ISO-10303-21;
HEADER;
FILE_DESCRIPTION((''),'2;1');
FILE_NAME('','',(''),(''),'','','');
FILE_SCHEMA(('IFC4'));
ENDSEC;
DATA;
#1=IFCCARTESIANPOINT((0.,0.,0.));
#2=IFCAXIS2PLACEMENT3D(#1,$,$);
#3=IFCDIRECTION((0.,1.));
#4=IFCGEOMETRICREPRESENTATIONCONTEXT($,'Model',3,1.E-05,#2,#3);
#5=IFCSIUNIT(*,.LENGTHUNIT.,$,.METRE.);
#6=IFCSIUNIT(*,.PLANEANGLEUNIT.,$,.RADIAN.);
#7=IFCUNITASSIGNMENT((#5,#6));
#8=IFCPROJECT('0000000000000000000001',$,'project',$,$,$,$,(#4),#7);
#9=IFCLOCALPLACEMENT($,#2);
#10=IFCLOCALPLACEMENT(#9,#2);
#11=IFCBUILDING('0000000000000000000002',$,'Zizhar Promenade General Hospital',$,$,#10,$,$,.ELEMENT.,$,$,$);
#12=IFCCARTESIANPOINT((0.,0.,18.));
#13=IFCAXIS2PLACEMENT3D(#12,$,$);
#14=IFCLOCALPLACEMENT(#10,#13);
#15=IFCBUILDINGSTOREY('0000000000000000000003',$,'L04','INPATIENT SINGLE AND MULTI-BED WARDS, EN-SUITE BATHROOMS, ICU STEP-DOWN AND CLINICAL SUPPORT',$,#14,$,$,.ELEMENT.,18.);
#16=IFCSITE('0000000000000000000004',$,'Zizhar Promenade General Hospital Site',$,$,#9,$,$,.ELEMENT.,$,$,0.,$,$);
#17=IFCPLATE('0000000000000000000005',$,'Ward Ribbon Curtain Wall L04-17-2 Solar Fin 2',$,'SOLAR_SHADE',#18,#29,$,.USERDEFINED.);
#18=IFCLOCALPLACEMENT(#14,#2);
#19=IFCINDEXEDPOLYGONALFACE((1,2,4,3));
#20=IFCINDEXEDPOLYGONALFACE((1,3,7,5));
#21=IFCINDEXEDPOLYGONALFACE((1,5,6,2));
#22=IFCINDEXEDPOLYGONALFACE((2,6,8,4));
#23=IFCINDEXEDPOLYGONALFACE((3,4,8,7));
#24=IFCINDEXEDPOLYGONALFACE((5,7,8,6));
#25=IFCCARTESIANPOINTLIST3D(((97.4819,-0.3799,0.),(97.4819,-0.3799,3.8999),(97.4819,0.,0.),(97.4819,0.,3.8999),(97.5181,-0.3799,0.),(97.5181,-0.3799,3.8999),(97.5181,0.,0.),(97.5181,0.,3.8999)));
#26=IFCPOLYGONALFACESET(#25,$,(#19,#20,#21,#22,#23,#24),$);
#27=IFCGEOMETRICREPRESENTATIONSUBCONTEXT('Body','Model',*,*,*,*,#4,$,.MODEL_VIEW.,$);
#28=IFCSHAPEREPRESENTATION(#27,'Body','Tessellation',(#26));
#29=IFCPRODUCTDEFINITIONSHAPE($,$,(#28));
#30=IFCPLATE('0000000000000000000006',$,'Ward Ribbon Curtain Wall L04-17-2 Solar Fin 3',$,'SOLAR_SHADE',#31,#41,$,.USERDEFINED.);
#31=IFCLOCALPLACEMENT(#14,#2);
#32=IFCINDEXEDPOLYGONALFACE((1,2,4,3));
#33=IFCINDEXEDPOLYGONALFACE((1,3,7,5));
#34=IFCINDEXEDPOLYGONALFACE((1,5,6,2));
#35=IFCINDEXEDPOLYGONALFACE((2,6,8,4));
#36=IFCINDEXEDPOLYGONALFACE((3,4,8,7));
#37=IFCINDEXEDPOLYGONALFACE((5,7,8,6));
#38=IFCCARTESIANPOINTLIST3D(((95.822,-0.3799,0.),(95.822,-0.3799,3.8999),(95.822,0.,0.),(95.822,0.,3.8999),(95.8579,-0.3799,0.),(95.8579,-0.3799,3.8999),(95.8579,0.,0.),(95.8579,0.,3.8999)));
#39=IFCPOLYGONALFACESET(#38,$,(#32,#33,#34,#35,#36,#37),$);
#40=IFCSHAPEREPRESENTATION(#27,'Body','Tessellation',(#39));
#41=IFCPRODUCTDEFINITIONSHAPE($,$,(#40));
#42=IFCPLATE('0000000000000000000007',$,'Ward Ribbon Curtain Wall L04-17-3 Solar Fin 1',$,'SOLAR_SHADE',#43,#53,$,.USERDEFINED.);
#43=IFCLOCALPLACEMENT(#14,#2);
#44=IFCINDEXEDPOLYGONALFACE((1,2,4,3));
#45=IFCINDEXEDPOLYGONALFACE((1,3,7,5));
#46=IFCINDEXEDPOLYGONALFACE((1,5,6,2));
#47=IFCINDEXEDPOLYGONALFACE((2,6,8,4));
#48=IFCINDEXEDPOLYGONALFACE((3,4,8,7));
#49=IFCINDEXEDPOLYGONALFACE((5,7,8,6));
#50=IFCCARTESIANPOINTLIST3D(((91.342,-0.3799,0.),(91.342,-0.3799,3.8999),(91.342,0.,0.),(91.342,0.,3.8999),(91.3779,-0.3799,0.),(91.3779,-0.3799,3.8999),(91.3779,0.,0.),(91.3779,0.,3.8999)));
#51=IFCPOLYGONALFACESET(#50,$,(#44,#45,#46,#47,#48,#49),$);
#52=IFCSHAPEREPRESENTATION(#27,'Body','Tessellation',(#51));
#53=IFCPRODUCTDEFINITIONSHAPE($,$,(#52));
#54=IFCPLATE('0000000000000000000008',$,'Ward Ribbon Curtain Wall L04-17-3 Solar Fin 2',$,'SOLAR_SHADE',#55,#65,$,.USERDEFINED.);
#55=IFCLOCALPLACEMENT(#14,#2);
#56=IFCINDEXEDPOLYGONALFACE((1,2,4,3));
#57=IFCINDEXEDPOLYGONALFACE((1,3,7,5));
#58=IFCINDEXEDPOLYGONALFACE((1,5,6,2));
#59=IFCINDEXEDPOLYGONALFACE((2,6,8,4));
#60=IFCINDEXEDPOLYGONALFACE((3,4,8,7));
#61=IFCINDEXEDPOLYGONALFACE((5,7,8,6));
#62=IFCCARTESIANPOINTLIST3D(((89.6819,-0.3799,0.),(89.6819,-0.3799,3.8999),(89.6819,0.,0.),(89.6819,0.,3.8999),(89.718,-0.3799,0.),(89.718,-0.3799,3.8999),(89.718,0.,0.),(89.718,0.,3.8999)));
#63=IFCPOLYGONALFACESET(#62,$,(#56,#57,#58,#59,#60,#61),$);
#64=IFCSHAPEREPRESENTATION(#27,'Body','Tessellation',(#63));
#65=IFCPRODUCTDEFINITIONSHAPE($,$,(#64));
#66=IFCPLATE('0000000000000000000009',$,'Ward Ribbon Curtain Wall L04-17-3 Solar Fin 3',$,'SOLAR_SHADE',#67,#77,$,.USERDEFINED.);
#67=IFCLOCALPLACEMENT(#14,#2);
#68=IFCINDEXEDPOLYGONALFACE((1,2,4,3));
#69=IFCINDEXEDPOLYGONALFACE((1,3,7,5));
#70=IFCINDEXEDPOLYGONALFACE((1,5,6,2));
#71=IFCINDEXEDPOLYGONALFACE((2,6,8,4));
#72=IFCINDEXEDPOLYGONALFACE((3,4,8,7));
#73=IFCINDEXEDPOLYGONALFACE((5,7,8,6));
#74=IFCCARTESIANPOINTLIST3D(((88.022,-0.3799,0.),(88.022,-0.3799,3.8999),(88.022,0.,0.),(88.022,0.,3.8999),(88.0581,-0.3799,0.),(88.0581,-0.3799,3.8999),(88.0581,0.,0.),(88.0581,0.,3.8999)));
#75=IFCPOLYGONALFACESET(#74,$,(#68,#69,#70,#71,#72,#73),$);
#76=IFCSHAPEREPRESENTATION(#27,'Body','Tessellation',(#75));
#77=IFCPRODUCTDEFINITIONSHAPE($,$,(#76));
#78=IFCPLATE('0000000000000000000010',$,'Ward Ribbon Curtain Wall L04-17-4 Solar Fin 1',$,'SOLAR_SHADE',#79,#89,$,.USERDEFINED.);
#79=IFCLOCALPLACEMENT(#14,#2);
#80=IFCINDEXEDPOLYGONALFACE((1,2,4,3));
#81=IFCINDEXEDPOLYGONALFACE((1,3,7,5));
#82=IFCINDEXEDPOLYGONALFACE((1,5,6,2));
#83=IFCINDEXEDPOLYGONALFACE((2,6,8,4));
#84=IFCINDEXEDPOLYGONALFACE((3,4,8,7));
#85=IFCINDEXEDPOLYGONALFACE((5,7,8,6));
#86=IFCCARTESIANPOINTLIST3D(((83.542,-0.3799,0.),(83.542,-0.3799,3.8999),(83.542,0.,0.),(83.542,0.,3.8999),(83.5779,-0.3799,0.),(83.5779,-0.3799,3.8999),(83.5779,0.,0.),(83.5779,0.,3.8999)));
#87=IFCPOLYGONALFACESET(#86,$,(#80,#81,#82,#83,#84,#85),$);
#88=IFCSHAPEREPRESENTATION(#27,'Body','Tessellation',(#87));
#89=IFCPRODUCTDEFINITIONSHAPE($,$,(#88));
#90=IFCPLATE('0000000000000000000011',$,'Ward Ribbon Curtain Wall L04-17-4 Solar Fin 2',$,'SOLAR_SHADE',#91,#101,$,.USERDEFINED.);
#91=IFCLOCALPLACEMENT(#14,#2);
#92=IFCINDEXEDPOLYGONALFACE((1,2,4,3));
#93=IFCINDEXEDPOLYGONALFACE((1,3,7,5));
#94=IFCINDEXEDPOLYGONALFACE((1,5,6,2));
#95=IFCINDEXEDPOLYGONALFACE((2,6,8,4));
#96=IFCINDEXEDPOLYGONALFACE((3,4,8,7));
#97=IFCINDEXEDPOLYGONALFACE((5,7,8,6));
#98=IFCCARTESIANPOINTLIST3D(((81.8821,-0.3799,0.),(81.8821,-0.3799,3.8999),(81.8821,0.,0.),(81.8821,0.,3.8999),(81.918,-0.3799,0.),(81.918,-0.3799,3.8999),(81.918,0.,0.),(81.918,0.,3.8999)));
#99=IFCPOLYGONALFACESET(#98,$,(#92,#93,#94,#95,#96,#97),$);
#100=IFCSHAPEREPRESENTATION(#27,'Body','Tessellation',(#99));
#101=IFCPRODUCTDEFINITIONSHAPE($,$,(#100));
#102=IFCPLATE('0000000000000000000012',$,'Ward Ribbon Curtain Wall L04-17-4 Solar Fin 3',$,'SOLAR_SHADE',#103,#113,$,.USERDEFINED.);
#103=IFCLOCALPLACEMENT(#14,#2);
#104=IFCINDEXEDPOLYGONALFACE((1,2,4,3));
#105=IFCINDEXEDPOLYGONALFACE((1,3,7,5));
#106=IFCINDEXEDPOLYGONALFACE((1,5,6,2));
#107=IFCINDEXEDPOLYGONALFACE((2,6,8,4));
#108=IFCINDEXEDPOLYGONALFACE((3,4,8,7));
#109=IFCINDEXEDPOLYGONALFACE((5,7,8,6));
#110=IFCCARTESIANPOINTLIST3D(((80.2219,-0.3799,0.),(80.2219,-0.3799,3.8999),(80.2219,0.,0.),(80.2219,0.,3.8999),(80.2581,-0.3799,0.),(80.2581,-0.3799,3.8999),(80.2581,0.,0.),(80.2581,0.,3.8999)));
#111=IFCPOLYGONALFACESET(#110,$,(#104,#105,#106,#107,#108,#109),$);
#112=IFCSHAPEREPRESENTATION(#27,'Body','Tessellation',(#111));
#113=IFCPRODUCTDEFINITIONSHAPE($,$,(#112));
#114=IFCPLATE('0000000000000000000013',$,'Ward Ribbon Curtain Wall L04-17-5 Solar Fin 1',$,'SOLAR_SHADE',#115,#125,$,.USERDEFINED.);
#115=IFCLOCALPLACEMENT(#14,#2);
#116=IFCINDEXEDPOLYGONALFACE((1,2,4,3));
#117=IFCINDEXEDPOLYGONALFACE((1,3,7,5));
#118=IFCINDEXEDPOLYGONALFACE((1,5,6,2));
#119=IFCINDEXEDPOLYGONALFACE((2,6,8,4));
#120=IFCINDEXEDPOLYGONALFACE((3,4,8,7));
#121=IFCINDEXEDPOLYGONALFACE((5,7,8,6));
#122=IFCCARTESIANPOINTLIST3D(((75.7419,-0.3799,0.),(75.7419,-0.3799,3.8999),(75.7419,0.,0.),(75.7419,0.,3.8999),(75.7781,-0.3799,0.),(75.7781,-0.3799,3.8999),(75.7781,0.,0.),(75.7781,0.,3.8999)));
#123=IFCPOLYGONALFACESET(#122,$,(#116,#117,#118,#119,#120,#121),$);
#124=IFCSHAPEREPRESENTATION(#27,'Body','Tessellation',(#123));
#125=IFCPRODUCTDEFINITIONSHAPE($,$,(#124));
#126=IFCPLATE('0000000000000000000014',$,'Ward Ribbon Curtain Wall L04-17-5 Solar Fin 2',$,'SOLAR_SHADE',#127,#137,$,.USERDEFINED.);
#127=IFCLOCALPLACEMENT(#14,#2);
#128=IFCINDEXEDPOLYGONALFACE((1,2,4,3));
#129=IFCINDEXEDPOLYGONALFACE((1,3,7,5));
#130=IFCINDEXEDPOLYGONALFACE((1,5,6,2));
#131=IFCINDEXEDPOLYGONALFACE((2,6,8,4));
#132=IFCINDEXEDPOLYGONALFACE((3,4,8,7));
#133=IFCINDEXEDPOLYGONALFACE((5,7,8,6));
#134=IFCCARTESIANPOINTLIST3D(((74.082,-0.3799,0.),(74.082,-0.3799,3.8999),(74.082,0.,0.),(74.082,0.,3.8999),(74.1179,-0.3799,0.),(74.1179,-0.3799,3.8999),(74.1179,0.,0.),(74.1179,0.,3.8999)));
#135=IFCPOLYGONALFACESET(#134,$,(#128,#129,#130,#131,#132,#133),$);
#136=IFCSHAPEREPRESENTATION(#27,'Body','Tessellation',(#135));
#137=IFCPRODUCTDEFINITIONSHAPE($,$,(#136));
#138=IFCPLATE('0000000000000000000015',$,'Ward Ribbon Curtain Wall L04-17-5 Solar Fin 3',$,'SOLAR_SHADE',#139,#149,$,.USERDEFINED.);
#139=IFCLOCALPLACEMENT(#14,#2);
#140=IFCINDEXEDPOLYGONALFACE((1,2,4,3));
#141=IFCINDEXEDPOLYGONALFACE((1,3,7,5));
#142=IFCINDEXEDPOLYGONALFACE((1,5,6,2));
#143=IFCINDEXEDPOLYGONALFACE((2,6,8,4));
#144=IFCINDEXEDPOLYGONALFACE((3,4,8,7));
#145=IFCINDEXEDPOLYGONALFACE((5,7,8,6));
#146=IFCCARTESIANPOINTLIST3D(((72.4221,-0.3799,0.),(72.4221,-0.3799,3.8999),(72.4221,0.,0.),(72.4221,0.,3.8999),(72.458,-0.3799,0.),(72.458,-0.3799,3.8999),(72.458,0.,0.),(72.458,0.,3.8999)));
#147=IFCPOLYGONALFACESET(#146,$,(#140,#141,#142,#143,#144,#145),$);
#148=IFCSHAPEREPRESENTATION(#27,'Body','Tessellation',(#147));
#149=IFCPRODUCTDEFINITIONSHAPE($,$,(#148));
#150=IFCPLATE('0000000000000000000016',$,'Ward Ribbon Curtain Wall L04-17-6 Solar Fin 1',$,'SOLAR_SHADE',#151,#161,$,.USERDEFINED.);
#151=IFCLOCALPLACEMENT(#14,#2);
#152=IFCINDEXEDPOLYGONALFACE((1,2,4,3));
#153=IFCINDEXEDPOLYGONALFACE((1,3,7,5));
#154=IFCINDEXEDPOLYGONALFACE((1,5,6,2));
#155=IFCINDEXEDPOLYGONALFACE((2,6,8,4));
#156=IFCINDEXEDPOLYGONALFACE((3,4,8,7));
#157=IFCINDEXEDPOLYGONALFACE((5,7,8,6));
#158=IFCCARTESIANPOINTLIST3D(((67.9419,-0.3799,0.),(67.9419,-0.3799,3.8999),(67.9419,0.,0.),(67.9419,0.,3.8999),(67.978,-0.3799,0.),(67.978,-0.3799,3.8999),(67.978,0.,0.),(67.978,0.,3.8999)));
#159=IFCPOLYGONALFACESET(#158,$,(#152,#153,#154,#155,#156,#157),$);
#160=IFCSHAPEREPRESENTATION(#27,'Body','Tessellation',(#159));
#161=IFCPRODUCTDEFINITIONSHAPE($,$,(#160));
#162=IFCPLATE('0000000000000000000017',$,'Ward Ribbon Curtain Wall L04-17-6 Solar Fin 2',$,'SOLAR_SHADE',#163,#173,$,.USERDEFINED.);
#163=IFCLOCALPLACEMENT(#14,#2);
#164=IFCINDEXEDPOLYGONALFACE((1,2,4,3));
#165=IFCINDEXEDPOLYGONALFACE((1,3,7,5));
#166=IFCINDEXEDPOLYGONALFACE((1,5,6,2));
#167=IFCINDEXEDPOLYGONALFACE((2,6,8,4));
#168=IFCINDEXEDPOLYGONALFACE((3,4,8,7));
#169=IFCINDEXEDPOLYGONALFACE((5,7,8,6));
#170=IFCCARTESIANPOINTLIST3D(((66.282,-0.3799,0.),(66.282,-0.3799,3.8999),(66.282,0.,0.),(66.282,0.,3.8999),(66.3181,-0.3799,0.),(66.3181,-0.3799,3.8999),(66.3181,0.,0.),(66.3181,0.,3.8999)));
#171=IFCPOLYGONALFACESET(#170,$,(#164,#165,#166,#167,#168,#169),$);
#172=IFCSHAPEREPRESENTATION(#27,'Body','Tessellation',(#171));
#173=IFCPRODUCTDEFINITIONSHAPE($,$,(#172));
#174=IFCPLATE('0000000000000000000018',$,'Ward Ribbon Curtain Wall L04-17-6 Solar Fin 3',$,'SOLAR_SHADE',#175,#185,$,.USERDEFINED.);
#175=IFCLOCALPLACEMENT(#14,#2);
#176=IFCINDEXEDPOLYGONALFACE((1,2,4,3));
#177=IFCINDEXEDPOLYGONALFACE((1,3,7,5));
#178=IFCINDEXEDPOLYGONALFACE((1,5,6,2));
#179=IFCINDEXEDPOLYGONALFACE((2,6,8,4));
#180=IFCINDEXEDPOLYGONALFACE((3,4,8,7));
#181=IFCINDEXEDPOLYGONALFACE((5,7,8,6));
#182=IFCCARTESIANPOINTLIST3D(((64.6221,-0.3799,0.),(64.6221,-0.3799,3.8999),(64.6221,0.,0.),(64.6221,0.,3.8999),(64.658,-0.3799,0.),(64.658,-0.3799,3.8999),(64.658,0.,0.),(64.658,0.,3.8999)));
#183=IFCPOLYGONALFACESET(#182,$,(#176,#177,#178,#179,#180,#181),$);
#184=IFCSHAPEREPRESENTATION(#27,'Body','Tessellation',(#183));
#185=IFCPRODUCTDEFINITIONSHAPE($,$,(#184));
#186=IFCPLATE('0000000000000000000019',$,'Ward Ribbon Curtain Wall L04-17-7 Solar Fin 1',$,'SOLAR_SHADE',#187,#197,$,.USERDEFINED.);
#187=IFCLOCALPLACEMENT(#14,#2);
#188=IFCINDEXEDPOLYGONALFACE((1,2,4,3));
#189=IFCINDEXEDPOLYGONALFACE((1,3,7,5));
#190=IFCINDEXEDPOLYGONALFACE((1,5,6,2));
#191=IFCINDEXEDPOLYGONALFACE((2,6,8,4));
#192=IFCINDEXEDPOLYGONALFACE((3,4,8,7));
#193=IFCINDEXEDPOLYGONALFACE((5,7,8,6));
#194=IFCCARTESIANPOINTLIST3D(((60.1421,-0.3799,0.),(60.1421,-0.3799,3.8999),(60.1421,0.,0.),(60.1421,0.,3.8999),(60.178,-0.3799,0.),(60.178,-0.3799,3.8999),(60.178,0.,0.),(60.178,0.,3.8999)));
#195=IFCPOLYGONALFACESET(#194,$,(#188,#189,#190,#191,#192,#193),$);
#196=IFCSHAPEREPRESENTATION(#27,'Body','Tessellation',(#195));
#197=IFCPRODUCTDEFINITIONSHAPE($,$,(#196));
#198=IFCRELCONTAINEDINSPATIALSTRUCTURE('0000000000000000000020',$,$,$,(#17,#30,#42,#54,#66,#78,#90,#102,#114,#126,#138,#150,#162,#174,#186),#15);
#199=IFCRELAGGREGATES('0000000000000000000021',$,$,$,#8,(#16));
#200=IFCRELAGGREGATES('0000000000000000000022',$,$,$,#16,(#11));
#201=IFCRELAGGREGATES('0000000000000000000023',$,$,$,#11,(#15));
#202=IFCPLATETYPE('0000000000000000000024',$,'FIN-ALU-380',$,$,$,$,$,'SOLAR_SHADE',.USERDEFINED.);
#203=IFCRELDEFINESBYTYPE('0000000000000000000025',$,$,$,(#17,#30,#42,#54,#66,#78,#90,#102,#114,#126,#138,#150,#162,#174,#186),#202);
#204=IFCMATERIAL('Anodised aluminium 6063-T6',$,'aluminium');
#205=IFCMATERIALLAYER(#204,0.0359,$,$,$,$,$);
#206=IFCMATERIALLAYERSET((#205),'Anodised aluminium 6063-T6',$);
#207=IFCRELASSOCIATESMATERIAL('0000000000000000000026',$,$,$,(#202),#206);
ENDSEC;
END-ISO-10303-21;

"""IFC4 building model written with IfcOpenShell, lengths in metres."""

from ifc_helpers import new_model, si_unit, direction, frame, origin, place, context, subcontext, project, spatial, polyline, outline, extrude, material, layer, layer_set, type_object, element, save


model = new_model("IFC4")

# Units and contexts
model_context = context("Model", 3, precision=1e-05, world=origin(), true_north=direction((0.0, 1.0)))
body_context = subcontext(model_context, "Body", "Model", "MODEL_VIEW")
ifc_project = project(units=[si_unit("LENGTHUNIT", "METRE"), si_unit("PLANEANGLEUNIT", "RADIAN")], contexts=[model_context])

# Site, building, storey
site_placement = place(None, origin())
site = spatial("IfcSite", under=ifc_project, at=site_placement, Name="Zizhar Promenade General Hospital Site", CompositionType="ELEMENT", RefElevation=0.0)
building_placement = place(site_placement, origin())
building = spatial("IfcBuilding", under=site, at=building_placement, Name="Zizhar Promenade General Hospital", CompositionType="ELEMENT")
storey_placement = place(building_placement, frame((0.0, 0.0, 18.0)))
storey = spatial("IfcBuildingStorey", under=building, at=storey_placement, Name="L04", Description="INPATIENT SINGLE AND MULTI-BED WARDS, EN-SUITE BATHROOMS, ICU STEP-DOWN AND CLINICAL SUPPORT", CompositionType="ELEMENT", Elevation=18.0)

# Plates
ifc_material = material(Name="Anodised aluminium 6063-T6", Category="aluminium")
ifc_layer = layer(ifc_material, 0.0359)
ifc_layer_set = layer_set([ifc_layer], Name="Anodised aluminium 6063-T6")
plate_type = type_object("IfcPlateType", Name="FIN-ALU-380", ElementType="SOLAR_SHADE", PredefinedType="USERDEFINED", material=ifc_layer_set)
plate_1_placement = place(storey_placement, origin())
element("IfcPlate", 1, at=plate_1_placement, inside=storey, type_object=plate_type, Name="Ward Ribbon Curtain Wall L04-17-2 Solar Fin 2", ObjectType="SOLAR_SHADE", PredefinedType="USERDEFINED", context=body_context, shape_type="SweptSolid", body=[
    extrude(outline(polyline([(97.5181, 0.0), (97.4819, 0.0), (97.4819, -0.3799), (97.5181, -0.3799), (97.5181, 0.0)])), origin(), (0.0, 0.0, 1.0), 3.8999),
])
plate_2_placement = place(storey_placement, origin())
element("IfcPlate", 2, at=plate_2_placement, inside=storey, type_object=plate_type, Name="Ward Ribbon Curtain Wall L04-17-2 Solar Fin 3", ObjectType="SOLAR_SHADE", PredefinedType="USERDEFINED", context=body_context, shape_type="SweptSolid", body=[
    extrude(outline(polyline([(95.8579, 0.0), (95.822, 0.0), (95.822, -0.3799), (95.8579, -0.3799), (95.8579, 0.0)])), origin(), (0.0, 0.0, 1.0), 3.8999),
])
plate_3_placement = place(storey_placement, origin())
element("IfcPlate", 3, at=plate_3_placement, inside=storey, type_object=plate_type, Name="Ward Ribbon Curtain Wall L04-17-3 Solar Fin 1", ObjectType="SOLAR_SHADE", PredefinedType="USERDEFINED", context=body_context, shape_type="SweptSolid", body=[
    extrude(outline(polyline([(91.3779, 0.0), (91.342, 0.0), (91.342, -0.3799), (91.3779, -0.3799), (91.3779, 0.0)])), origin(), (0.0, 0.0, 1.0), 3.8999),
])
plate_4_placement = place(storey_placement, origin())
element("IfcPlate", 4, at=plate_4_placement, inside=storey, type_object=plate_type, Name="Ward Ribbon Curtain Wall L04-17-3 Solar Fin 2", ObjectType="SOLAR_SHADE", PredefinedType="USERDEFINED", context=body_context, shape_type="SweptSolid", body=[
    extrude(outline(polyline([(89.718, 0.0), (89.6819, 0.0), (89.6819, -0.3799), (89.718, -0.3799), (89.718, 0.0)])), origin(), (0.0, 0.0, 1.0), 3.8999),
])
plate_5_placement = place(storey_placement, origin())
element("IfcPlate", 5, at=plate_5_placement, inside=storey, type_object=plate_type, Name="Ward Ribbon Curtain Wall L04-17-3 Solar Fin 3", ObjectType="SOLAR_SHADE", PredefinedType="USERDEFINED", context=body_context, shape_type="SweptSolid", body=[
    extrude(outline(polyline([(88.0581, 0.0), (88.022, 0.0), (88.022, -0.3799), (88.0581, -0.3799), (88.0581, 0.0)])), origin(), (0.0, 0.0, 1.0), 3.8999),
])
plate_6_placement = place(storey_placement, origin())
element("IfcPlate", 6, at=plate_6_placement, inside=storey, type_object=plate_type, Name="Ward Ribbon Curtain Wall L04-17-4 Solar Fin 1", ObjectType="SOLAR_SHADE", PredefinedType="USERDEFINED", context=body_context, shape_type="SweptSolid", body=[
    extrude(outline(polyline([(83.5779, 0.0), (83.542, 0.0), (83.542, -0.3799), (83.5779, -0.3799), (83.5779, 0.0)])), origin(), (0.0, 0.0, 1.0), 3.8999),
])
plate_7_placement = place(storey_placement, origin())
element("IfcPlate", 7, at=plate_7_placement, inside=storey, type_object=plate_type, Name="Ward Ribbon Curtain Wall L04-17-4 Solar Fin 2", ObjectType="SOLAR_SHADE", PredefinedType="USERDEFINED", context=body_context, shape_type="SweptSolid", body=[
    extrude(outline(polyline([(81.918, 0.0), (81.8821, 0.0), (81.8821, -0.3799), (81.918, -0.3799), (81.918, 0.0)])), origin(), (0.0, 0.0, 1.0), 3.8999),
])
plate_8_placement = place(storey_placement, origin())
element("IfcPlate", 8, at=plate_8_placement, inside=storey, type_object=plate_type, Name="Ward Ribbon Curtain Wall L04-17-4 Solar Fin 3", ObjectType="SOLAR_SHADE", PredefinedType="USERDEFINED", context=body_context, shape_type="SweptSolid", body=[
    extrude(outline(polyline([(80.2581, 0.0), (80.2219, 0.0), (80.2219, -0.3799), (80.2581, -0.3799), (80.2581, 0.0)])), origin(), (0.0, 0.0, 1.0), 3.8999),
])
plate_9_placement = place(storey_placement, origin())
element("IfcPlate", 9, at=plate_9_placement, inside=storey, type_object=plate_type, Name="Ward Ribbon Curtain Wall L04-17-5 Solar Fin 1", ObjectType="SOLAR_SHADE", PredefinedType="USERDEFINED", context=body_context, shape_type="SweptSolid", body=[
    extrude(outline(polyline([(75.7781, 0.0), (75.7419, 0.0), (75.7419, -0.3799), (75.7781, -0.3799), (75.7781, 0.0)])), origin(), (0.0, 0.0, 1.0), 3.8999),
])
plate_10_placement = place(storey_placement, origin())
element("IfcPlate", 10, at=plate_10_placement, inside=storey, type_object=plate_type, Name="Ward Ribbon Curtain Wall L04-17-5 Solar Fin 2", ObjectType="SOLAR_SHADE", PredefinedType="USERDEFINED", context=body_context, shape_type="SweptSolid", body=[
    extrude(outline(polyline([(74.1179, 0.0), (74.082, 0.0), (74.082, -0.3799), (74.1179, -0.3799), (74.1179, 0.0)])), origin(), (0.0, 0.0, 1.0), 3.8999),
])
plate_11_placement = place(storey_placement, origin())
element("IfcPlate", 11, at=plate_11_placement, inside=storey, type_object=plate_type, Name="Ward Ribbon Curtain Wall L04-17-5 Solar Fin 3", ObjectType="SOLAR_SHADE", PredefinedType="USERDEFINED", context=body_context, shape_type="SweptSolid", body=[
    extrude(outline(polyline([(72.458, 0.0), (72.4221, 0.0), (72.4221, -0.3799), (72.458, -0.3799), (72.458, 0.0)])), origin(), (0.0, 0.0, 1.0), 3.8999),
])
plate_12_placement = place(storey_placement, origin())
element("IfcPlate", 12, at=plate_12_placement, inside=storey, type_object=plate_type, Name="Ward Ribbon Curtain Wall L04-17-6 Solar Fin 1", ObjectType="SOLAR_SHADE", PredefinedType="USERDEFINED", context=body_context, shape_type="SweptSolid", body=[
    extrude(outline(polyline([(67.978, 0.0), (67.9419, 0.0), (67.9419, -0.3799), (67.978, -0.3799), (67.978, 0.0)])), origin(), (0.0, 0.0, 1.0), 3.8999),
])
plate_13_placement = place(storey_placement, origin())
element("IfcPlate", 13, at=plate_13_placement, inside=storey, type_object=plate_type, Name="Ward Ribbon Curtain Wall L04-17-6 Solar Fin 2", ObjectType="SOLAR_SHADE", PredefinedType="USERDEFINED", context=body_context, shape_type="SweptSolid", body=[
    extrude(outline(polyline([(66.3181, 0.0), (66.282, 0.0), (66.282, -0.3799), (66.3181, -0.3799), (66.3181, 0.0)])), origin(), (0.0, 0.0, 1.0), 3.8999),
])
plate_14_placement = place(storey_placement, origin())
element("IfcPlate", 14, at=plate_14_placement, inside=storey, type_object=plate_type, Name="Ward Ribbon Curtain Wall L04-17-6 Solar Fin 3", ObjectType="SOLAR_SHADE", PredefinedType="USERDEFINED", context=body_context, shape_type="SweptSolid", body=[
    extrude(outline(polyline([(64.658, 0.0), (64.6221, 0.0), (64.6221, -0.3799), (64.658, -0.3799), (64.658, 0.0)])), origin(), (0.0, 0.0, 1.0), 3.8999),
])
plate_15_placement = place(storey_placement, origin())
element("IfcPlate", 15, at=plate_15_placement, inside=storey, type_object=plate_type, Name="Ward Ribbon Curtain Wall L04-17-7 Solar Fin 1", ObjectType="SOLAR_SHADE", PredefinedType="USERDEFINED", context=body_context, shape_type="SweptSolid", body=[
    extrude(outline(polyline([(60.178, 0.0), (60.1421, 0.0), (60.1421, -0.3799), (60.178, -0.3799), (60.178, 0.0)])), origin(), (0.0, 0.0, 1.0), 3.8999),
])

save(model, "model.ifc")
